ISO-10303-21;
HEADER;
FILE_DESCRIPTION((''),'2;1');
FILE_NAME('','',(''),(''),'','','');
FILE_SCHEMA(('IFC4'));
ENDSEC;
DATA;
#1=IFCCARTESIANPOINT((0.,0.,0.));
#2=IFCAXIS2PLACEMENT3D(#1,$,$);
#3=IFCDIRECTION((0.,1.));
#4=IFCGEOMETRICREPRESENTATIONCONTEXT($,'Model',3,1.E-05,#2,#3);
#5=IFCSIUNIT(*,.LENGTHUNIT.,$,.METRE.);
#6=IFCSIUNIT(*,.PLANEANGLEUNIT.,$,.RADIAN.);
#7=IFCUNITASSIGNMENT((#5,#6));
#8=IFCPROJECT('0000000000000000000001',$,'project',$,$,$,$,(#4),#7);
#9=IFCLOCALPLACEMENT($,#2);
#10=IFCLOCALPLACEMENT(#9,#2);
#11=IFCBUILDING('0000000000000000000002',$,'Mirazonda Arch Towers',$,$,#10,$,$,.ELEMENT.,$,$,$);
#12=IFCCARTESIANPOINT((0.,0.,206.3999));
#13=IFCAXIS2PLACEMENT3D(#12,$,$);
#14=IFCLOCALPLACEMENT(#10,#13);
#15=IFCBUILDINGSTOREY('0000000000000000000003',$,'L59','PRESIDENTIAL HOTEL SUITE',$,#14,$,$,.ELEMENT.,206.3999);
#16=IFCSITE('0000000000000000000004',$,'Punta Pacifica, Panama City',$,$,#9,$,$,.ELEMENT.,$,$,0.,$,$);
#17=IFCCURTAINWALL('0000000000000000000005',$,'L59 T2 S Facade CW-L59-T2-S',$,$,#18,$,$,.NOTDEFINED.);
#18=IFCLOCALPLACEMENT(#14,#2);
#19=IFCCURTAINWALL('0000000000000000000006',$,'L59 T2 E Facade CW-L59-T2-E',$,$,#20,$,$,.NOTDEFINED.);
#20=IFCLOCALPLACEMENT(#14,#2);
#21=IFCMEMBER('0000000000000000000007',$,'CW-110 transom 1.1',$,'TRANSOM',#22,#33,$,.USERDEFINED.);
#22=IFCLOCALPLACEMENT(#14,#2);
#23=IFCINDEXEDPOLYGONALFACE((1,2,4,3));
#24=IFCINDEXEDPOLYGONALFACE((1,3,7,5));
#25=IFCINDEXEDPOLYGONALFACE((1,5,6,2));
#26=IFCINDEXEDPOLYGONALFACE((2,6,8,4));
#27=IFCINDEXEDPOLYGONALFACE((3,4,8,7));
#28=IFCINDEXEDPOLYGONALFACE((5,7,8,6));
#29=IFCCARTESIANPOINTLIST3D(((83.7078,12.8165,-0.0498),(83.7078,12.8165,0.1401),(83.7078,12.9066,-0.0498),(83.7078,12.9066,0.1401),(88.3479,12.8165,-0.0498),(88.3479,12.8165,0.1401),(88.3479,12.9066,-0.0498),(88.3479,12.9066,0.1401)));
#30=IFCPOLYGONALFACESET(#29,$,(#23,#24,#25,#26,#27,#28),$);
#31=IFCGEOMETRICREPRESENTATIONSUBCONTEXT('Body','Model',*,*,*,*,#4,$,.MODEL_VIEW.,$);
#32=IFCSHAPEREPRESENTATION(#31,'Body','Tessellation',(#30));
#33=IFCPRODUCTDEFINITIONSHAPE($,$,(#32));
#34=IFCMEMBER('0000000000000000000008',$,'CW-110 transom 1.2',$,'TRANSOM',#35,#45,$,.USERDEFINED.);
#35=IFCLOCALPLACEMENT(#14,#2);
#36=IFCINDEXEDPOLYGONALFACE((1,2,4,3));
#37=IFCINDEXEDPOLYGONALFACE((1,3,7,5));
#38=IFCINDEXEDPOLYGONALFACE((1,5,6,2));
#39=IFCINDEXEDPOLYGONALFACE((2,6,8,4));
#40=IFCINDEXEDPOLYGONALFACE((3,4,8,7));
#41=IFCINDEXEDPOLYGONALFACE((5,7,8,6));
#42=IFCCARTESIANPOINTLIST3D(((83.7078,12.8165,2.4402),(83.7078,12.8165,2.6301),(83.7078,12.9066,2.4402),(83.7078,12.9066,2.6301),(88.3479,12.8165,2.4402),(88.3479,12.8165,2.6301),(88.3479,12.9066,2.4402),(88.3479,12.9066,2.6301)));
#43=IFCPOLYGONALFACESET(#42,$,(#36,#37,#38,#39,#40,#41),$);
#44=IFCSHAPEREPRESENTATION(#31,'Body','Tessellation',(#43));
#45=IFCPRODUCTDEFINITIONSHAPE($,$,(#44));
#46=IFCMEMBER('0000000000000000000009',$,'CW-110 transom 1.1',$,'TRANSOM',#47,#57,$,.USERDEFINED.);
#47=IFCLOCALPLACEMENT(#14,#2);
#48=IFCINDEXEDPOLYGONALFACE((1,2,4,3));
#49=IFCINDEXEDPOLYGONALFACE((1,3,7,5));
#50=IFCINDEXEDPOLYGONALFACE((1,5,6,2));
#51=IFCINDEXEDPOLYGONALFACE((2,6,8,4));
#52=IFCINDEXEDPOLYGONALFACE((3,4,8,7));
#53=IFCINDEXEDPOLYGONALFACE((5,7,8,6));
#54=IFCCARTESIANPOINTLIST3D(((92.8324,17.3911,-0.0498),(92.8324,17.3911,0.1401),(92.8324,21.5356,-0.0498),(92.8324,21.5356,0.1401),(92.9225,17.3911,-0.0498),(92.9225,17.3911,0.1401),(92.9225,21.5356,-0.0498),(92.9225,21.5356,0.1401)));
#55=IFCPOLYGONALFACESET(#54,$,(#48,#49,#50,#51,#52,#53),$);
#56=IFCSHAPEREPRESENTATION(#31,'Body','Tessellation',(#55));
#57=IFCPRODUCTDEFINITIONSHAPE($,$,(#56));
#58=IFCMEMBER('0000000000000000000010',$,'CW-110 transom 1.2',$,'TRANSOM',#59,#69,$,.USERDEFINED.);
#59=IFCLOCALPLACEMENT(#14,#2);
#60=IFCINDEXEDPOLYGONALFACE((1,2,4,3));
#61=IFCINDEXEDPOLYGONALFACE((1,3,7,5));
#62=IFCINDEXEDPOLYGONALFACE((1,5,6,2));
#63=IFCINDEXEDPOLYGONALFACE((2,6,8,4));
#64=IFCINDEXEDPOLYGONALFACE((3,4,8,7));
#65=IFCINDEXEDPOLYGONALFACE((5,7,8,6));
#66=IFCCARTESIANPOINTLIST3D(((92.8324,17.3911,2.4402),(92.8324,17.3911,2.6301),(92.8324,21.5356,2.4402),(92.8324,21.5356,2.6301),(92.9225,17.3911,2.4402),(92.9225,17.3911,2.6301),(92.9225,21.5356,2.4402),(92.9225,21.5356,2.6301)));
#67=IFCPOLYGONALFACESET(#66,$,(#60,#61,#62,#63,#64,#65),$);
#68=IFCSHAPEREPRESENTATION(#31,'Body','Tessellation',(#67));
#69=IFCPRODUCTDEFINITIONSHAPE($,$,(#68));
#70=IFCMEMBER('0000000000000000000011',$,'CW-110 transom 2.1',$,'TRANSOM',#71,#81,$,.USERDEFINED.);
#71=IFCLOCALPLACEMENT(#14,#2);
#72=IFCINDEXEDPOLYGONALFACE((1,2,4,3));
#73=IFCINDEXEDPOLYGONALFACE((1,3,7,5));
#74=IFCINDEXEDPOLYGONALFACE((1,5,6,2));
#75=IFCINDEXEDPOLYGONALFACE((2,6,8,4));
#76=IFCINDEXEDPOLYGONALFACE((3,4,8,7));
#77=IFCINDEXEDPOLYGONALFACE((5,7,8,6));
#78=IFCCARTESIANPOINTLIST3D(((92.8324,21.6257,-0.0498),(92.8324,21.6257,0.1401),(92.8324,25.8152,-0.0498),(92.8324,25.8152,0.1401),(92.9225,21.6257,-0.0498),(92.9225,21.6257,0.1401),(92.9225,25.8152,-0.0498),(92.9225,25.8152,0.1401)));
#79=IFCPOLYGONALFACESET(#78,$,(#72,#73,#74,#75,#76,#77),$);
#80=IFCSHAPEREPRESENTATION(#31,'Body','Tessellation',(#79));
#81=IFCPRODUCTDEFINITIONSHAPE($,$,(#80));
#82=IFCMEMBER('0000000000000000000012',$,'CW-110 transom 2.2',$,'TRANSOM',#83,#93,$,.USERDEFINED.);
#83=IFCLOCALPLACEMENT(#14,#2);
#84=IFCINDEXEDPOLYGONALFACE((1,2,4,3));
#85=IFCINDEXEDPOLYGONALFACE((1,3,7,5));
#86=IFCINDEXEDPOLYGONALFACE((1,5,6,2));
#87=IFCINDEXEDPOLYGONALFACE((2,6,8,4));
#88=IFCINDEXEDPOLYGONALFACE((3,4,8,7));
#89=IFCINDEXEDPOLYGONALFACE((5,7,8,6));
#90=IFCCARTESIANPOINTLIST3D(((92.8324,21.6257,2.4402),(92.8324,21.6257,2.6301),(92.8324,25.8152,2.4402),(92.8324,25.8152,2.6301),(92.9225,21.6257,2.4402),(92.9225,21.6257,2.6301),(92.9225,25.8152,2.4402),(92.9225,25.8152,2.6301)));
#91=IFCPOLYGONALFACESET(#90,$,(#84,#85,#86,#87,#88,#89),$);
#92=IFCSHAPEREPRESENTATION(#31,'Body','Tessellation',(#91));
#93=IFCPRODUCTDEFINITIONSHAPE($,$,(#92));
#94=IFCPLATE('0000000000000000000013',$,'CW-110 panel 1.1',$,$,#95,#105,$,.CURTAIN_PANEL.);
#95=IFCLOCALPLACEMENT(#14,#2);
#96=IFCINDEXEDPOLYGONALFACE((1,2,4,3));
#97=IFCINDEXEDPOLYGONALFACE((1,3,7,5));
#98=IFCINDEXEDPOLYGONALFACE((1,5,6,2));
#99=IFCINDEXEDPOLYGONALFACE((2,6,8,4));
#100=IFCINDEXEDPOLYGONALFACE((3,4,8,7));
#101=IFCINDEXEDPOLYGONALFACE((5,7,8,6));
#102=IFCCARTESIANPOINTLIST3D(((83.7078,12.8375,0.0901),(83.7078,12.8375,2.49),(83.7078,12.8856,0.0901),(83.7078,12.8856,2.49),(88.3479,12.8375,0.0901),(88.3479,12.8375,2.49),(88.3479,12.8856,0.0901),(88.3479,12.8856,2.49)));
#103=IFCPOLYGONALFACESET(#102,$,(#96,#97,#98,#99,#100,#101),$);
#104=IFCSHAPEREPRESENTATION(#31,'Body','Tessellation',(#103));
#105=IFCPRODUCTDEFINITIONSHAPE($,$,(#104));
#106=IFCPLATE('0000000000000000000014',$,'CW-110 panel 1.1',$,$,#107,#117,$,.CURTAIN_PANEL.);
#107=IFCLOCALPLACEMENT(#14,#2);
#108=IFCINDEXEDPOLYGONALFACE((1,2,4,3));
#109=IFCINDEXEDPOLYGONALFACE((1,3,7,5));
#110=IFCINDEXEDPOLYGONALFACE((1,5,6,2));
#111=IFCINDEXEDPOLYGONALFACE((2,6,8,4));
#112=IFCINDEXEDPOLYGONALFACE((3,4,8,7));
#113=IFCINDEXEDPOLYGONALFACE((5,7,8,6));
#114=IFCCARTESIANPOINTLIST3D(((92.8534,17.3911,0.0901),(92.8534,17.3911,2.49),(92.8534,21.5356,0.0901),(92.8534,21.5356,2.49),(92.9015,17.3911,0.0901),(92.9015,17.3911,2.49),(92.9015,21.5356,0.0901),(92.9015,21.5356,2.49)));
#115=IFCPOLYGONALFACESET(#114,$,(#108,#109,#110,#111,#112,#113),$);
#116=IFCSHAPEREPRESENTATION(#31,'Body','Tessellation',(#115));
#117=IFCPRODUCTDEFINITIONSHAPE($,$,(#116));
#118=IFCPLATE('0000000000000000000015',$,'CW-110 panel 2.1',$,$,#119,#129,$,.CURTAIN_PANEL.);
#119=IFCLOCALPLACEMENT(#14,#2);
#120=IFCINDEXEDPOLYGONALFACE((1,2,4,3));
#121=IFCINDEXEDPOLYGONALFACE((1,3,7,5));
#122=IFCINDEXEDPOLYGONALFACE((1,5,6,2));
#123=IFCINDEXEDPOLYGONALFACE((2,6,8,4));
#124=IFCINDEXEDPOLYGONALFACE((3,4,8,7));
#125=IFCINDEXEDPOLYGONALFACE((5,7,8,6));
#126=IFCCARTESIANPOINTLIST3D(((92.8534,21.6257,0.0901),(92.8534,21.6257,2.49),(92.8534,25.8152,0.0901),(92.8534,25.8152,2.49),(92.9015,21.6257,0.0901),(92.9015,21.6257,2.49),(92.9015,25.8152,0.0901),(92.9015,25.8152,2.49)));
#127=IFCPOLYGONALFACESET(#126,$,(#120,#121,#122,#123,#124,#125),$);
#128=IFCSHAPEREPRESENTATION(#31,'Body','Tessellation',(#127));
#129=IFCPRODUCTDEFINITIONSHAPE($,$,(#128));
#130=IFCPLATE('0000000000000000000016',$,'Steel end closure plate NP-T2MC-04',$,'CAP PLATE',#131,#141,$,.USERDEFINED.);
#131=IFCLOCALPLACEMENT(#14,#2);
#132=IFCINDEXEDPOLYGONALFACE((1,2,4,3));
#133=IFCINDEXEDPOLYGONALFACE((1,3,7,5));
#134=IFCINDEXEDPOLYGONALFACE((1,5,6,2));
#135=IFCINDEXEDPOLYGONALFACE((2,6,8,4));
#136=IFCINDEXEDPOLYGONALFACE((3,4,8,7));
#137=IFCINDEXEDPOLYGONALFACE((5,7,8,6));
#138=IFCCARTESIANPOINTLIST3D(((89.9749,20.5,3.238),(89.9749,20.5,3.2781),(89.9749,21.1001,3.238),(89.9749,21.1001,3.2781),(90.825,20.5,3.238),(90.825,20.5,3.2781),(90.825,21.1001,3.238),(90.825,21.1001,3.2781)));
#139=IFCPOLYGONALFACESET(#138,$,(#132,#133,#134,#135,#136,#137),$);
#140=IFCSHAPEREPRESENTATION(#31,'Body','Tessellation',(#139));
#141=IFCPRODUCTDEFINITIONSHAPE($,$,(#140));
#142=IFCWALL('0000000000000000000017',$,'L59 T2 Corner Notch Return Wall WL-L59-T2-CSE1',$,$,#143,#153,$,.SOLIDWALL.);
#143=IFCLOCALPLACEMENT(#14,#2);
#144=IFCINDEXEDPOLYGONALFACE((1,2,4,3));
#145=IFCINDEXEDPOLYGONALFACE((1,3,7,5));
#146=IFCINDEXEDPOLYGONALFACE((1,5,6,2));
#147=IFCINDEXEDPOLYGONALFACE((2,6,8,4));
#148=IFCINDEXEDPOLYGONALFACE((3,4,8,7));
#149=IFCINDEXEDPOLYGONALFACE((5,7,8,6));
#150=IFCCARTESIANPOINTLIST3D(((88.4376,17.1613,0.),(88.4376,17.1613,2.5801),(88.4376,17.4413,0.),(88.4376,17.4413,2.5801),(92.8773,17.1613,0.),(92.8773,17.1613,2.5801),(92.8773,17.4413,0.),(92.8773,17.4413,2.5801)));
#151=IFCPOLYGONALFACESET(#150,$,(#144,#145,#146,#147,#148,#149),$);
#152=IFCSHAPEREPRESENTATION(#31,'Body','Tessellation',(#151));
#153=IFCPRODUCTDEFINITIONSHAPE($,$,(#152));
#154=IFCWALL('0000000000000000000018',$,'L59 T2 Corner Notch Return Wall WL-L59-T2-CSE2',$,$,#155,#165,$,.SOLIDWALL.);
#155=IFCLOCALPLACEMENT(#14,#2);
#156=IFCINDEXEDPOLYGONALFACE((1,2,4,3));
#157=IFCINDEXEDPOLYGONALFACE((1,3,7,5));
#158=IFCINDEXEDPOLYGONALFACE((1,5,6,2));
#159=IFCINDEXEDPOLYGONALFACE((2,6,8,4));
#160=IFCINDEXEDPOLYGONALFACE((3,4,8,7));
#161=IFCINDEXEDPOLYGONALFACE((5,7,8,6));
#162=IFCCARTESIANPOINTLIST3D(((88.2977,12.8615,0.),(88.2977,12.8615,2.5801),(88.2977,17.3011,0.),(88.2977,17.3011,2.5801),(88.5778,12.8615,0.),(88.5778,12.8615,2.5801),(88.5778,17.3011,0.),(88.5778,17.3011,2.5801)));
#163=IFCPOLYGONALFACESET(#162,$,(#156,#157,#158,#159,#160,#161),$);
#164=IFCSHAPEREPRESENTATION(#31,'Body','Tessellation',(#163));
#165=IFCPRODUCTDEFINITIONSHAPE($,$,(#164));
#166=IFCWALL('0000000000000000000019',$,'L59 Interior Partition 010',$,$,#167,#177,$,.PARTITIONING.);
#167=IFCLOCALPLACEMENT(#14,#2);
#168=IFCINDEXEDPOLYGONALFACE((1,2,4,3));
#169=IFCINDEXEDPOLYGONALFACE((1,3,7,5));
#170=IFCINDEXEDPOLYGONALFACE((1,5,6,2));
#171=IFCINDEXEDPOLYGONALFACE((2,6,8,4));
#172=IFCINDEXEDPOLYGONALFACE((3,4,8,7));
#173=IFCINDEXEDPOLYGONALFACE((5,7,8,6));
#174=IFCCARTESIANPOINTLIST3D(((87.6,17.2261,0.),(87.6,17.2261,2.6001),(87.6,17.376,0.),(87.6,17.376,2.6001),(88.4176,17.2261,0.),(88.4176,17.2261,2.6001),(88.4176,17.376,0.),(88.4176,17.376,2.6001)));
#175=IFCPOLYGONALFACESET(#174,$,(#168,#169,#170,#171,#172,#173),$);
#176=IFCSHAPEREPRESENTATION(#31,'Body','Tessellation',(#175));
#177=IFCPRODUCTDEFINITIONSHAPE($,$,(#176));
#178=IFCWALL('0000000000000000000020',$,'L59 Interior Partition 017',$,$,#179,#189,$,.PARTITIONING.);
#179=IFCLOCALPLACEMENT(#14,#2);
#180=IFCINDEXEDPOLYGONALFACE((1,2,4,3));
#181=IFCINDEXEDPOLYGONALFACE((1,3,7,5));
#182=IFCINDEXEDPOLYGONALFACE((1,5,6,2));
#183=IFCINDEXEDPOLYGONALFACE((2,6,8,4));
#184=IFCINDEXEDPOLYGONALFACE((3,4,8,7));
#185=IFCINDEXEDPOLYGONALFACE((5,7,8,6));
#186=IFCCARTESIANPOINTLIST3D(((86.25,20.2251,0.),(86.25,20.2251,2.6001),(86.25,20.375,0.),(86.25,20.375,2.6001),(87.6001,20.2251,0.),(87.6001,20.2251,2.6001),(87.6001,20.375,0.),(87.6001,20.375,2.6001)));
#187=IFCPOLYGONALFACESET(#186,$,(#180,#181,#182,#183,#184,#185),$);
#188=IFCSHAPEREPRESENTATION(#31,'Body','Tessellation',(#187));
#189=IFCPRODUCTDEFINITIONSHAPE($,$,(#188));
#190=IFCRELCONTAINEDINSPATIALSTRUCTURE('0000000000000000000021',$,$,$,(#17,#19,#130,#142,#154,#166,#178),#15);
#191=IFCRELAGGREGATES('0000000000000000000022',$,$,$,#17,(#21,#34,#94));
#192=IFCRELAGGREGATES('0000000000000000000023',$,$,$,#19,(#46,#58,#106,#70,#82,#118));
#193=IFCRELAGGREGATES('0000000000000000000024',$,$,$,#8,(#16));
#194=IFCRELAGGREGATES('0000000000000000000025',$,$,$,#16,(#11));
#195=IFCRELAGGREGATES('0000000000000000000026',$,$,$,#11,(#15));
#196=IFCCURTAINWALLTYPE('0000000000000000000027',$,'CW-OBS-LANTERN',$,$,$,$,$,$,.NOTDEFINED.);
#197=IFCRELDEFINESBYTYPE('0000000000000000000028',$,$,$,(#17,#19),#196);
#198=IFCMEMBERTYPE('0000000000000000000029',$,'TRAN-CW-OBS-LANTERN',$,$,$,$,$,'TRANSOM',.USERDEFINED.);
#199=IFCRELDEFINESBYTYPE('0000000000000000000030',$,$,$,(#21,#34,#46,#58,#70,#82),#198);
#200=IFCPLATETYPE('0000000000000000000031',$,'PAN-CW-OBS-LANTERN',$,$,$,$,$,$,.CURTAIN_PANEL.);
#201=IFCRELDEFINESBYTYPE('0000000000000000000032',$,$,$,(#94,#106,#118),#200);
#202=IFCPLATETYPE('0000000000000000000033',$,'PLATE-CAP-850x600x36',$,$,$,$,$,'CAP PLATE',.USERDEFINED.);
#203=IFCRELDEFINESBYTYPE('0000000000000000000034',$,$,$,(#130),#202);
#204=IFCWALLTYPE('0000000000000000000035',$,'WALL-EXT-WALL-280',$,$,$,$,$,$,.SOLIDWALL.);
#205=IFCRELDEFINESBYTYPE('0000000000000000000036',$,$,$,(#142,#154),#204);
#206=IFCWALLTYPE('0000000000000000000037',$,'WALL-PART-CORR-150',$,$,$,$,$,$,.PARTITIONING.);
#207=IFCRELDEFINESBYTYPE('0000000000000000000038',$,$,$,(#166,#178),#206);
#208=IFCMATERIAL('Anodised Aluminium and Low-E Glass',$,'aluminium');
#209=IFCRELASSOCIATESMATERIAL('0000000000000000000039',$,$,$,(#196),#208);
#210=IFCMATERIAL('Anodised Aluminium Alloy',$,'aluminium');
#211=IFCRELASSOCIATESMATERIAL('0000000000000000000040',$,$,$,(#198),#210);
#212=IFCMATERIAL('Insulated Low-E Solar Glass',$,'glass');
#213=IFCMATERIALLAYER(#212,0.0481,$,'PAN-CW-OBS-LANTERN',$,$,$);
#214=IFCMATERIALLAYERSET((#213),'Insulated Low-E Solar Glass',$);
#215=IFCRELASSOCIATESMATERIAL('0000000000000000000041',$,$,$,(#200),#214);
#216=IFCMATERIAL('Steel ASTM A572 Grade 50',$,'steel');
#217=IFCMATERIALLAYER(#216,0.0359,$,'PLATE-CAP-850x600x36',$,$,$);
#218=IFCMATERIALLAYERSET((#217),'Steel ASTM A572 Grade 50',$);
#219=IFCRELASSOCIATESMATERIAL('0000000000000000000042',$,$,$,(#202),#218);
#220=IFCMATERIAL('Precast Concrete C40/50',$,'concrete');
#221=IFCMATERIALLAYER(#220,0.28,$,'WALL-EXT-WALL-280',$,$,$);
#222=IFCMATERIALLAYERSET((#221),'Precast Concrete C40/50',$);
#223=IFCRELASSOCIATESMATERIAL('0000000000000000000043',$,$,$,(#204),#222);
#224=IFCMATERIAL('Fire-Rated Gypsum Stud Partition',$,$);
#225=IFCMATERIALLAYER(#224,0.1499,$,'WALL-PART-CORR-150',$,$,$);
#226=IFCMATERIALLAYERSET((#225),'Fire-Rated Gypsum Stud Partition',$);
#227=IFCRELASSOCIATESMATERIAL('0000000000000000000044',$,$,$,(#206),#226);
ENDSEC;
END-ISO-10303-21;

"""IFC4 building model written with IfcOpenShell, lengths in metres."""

from ifc_helpers import new_model, si_unit, direction, frame, frame_2d, origin, origin_2d, place, context, subcontext, project, spatial, rectangle, extrude, material, layer, layer_set, material_profile, profile_set, type_object, element, aggregate, save


model = new_model("IFC4")

# Units and contexts
model_context = context("Model", 3, precision=1e-05, world=origin(), true_north=direction((0.0, 1.0)))
body_context = subcontext(model_context, "Body", "Model", "MODEL_VIEW")
ifc_project = project(units=[si_unit("LENGTHUNIT", "METRE"), si_unit("PLANEANGLEUNIT", "RADIAN")], contexts=[model_context])

# Site, building, storey
site_placement = place(None, origin())
site = spatial("IfcSite", under=ifc_project, at=site_placement, Name="Punta Pacifica, Panama City", CompositionType="ELEMENT", RefElevation=0.0)
building_placement = place(site_placement, origin())
building = spatial("IfcBuilding", under=site, at=building_placement, Name="Mirazonda Arch Towers", CompositionType="ELEMENT")
storey_placement = place(building_placement, frame((0.0, 0.0, 206.3999)))
storey = spatial("IfcBuildingStorey", under=building, at=storey_placement, Name="L59", Description="PRESIDENTIAL HOTEL SUITE", CompositionType="ELEMENT", Elevation=206.3999)

# Shared definitions
ifc_material_1 = material(Name="Steel ASTM A572 Grade 50", Category="steel")

# Curtain wall
ifc_material_2 = material(Name="Anodised Aluminium and Low-E Glass", Category="aluminium")
curtain_wall_type = type_object("IfcCurtainWallType", Name="CW-OBS-LANTERN", PredefinedType="NOTDEFINED", material=ifc_material_2)
curtain_wall_1_placement = place(storey_placement, origin())
curtain_wall_1 = element("IfcCurtainWall", 1, at=curtain_wall_1_placement, inside=storey, type_object=curtain_wall_type, Name="L59 T2 S Facade CW-L59-T2-S", PredefinedType="NOTDEFINED")
ifc_material_3 = material(Name="Anodised Aluminium Alloy", Category="aluminium")

# Curtain wall
curtain_wall_2_placement = place(storey_placement, origin())
curtain_wall_2 = element("IfcCurtainWall", 2, at=curtain_wall_2_placement, inside=storey, type_object=curtain_wall_type, Name="L59 T2 E Facade CW-L59-T2-E", PredefinedType="NOTDEFINED")

# Members
ifc_material_profile_1 = material_profile(ifc_material_3, rectangle(XDim=0.0901, YDim=0.1899, at=origin_2d()), Name="ALU-TRAN-90x190")
ifc_profile_set_1 = profile_set([ifc_material_profile_1], Name="Anodised Aluminium Alloy")
member_type_1 = type_object("IfcMemberType", Name="TRAN-CW-OBS-LANTERN", ElementType="TRANSOM", PredefinedType="USERDEFINED", material=ifc_profile_set_1)
member_1_placement = place(storey_placement, frame((88.3479, 12.8616, 0.0452), z_axis=(-1.0, 0.0, 0.0), x_axis=(0.0, -1.0, 0.0)))
member_1 = element("IfcMember", 3, at=member_1_placement, type_object=member_type_1, Name="CW-110 transom 1.1", ObjectType="TRANSOM", PredefinedType="USERDEFINED", context=body_context, shape_type="SweptSolid", body=[
    extrude(rectangle(XDim=0.0901, YDim=0.1899, at=origin_2d()), origin(), (0.0, 0.0, 1.0), 4.6401),
])
member_2_placement = place(storey_placement, frame((88.3479, 12.8616, 2.5352), z_axis=(-1.0, 0.0, 0.0), x_axis=(0.0, -1.0, 0.0)))
member_2 = element("IfcMember", 4, at=member_2_placement, type_object=member_type_1, Name="CW-110 transom 1.2", ObjectType="TRANSOM", PredefinedType="USERDEFINED", context=body_context, shape_type="SweptSolid", body=[
    extrude(rectangle(XDim=0.0901, YDim=0.1899, at=origin_2d()), origin(), (0.0, 0.0, 1.0), 4.6401),
])
member_3_placement = place(storey_placement, frame((92.8774, 17.3911, 0.0452), z_axis=(0.0, 1.0, 0.0), x_axis=(-1.0, 0.0, 0.0)))
member_3 = element("IfcMember", 5, at=member_3_placement, type_object=member_type_1, Name="CW-110 transom 1.1", ObjectType="TRANSOM", PredefinedType="USERDEFINED", context=body_context, shape_type="SweptSolid", body=[
    extrude(rectangle(XDim=0.0901, YDim=0.1899, at=origin_2d()), origin(), (0.0, 0.0, 1.0), 4.1445),
])
member_4_placement = place(storey_placement, frame((92.8774, 17.3911, 2.5352), z_axis=(0.0, 1.0, 0.0), x_axis=(-1.0, 0.0, 0.0)))
member_4 = element("IfcMember", 6, at=member_4_placement, type_object=member_type_1, Name="CW-110 transom 1.2", ObjectType="TRANSOM", PredefinedType="USERDEFINED", context=body_context, shape_type="SweptSolid", body=[
    extrude(rectangle(XDim=0.0901, YDim=0.1899, at=origin_2d()), origin(), (0.0, 0.0, 1.0), 4.1445),
])
member_5_placement = place(storey_placement, frame((92.8774, 21.6257, 0.0452), z_axis=(0.0, 1.0, 0.0), x_axis=(-1.0, 0.0, 0.0)))
member_5 = element("IfcMember", 7, at=member_5_placement, type_object=member_type_1, Name="CW-110 transom 2.1", ObjectType="TRANSOM", PredefinedType="USERDEFINED", context=body_context, shape_type="SweptSolid", body=[
    extrude(rectangle(XDim=0.0901, YDim=0.1899, at=origin_2d()), origin(), (0.0, 0.0, 1.0), 4.1895),
])
member_6_placement = place(storey_placement, frame((92.8774, 21.6257, 2.5352), z_axis=(0.0, 1.0, 0.0), x_axis=(-1.0, 0.0, 0.0)))
member_6 = element("IfcMember", 8, at=member_6_placement, type_object=member_type_1, Name="CW-110 transom 2.2", ObjectType="TRANSOM", PredefinedType="USERDEFINED", context=body_context, shape_type="SweptSolid", body=[
    extrude(rectangle(XDim=0.0901, YDim=0.1899, at=origin_2d()), origin(), (0.0, 0.0, 1.0), 4.1895),
])

# Plates
ifc_material_4 = material(Name="Insulated Low-E Solar Glass", Category="glass")
ifc_layer_1 = layer(ifc_material_4, 0.0481, Name="PAN-CW-OBS-LANTERN")
ifc_layer_set_1 = layer_set([ifc_layer_1], Name="Insulated Low-E Solar Glass")
plate_type_1 = type_object("IfcPlateType", Name="PAN-CW-OBS-LANTERN", PredefinedType="CURTAIN_PANEL", material=ifc_layer_set_1)
plate_1_placement = place(storey_placement, frame((86.0278, 12.8616, 0.0901), z_axis=(0.0, 0.0, 1.0), x_axis=(-1.0, 0.0, 0.0)))
plate_1 = element("IfcPlate", 9, at=plate_1_placement, type_object=plate_type_1, Name="CW-110 panel 1.1", PredefinedType="CURTAIN_PANEL", context=body_context, shape_type="SweptSolid", body=[
    extrude(rectangle(XDim=4.6401, YDim=0.0481, at=origin_2d()), origin(), (0.0, 0.0, 1.0), 2.3999),
])
aggregate(curtain_wall_1, [member_1, member_2, plate_1])
plate_2_placement = place(storey_placement, frame((92.8774, 19.4634, 0.0901), z_axis=(0.0, 0.0, 1.0), x_axis=(0.0, 1.0, 0.0)))
plate_2 = element("IfcPlate", 10, at=plate_2_placement, type_object=plate_type_1, Name="CW-110 panel 1.1", PredefinedType="CURTAIN_PANEL", context=body_context, shape_type="SweptSolid", body=[
    extrude(rectangle(XDim=4.1445, YDim=0.0481, at=origin_2d()), origin(), (0.0, 0.0, 1.0), 2.3999),
])
plate_3_placement = place(storey_placement, frame((92.8774, 23.7205, 0.0901), z_axis=(0.0, 0.0, 1.0), x_axis=(0.0, 1.0, 0.0)))
plate_3 = element("IfcPlate", 11, at=plate_3_placement, type_object=plate_type_1, Name="CW-110 panel 2.1", PredefinedType="CURTAIN_PANEL", context=body_context, shape_type="SweptSolid", body=[
    extrude(rectangle(XDim=4.1895, YDim=0.0481, at=origin_2d()), origin(), (0.0, 0.0, 1.0), 2.3999),
])
aggregate(curtain_wall_2, [member_3, member_4, plate_2, member_5, member_6, plate_3])
ifc_layer_2 = layer(ifc_material_1, 0.0359, Name="PLATE-CAP-850x600x36")
ifc_layer_set_2 = layer_set([ifc_layer_2], Name="Steel ASTM A572 Grade 50")
plate_type_2 = type_object("IfcPlateType", Name="PLATE-CAP-850x600x36", ElementType="CAP PLATE", PredefinedType="USERDEFINED", material=ifc_layer_set_2)
plate_4_placement = place(storey_placement, frame((90.3999, 20.8, 3.238), z_axis=(0.0, 0.0, 1.0), x_axis=(1.0, 0.0, 0.0)))
element("IfcPlate", 12, at=plate_4_placement, inside=storey, type_object=plate_type_2, Name="Steel end closure plate NP-T2MC-04", ObjectType="CAP PLATE", PredefinedType="USERDEFINED", context=body_context, shape_type="SweptSolid", body=[
    extrude(rectangle(XDim=0.8501, YDim=0.6001, at=origin_2d()), origin(), (0.0, 0.0, 1.0), 0.04),
])

# Walls
ifc_material_5 = material(Name="Precast Concrete C40/50", Category="concrete")
ifc_layer_3 = layer(ifc_material_5, 0.28, Name="WALL-EXT-WALL-280")
ifc_layer_set_3 = layer_set([ifc_layer_3], Name="Precast Concrete C40/50")
wall_type_1 = type_object("IfcWallType", Name="WALL-EXT-WALL-280", PredefinedType="SOLIDWALL", material=ifc_layer_set_3)
for number, where, z_axis, x_axis, name in (
    (13, (88.4377, 17.3013, 0.0), (0.0, 0.0, 1.0), (1.0, 0.0, 0.0), "L59 T2 Corner Notch Return Wall WL-L59-T2-CSE1"),
    (14, (88.4377, 12.8616, 0.0), (0.0, 0.0, 1.0), (0.0, 1.0, 0.0), "L59 T2 Corner Notch Return Wall WL-L59-T2-CSE2"),
):
    element("IfcWall", number, at=place(storey_placement, frame(where, z_axis=z_axis, x_axis=x_axis)), inside=storey, type_object=wall_type_1, Name=name, PredefinedType="SOLIDWALL", context=body_context, shape_type="SweptSolid", body=[
        extrude(rectangle(XDim=4.4397, YDim=0.28, at=frame_2d((2.2197, 0.0))), origin(), (0.0, 0.0, 1.0), 2.5801),
    ])
ifc_material_6 = material(Name="Fire-Rated Gypsum Stud Partition")
ifc_layer_4 = layer(ifc_material_6, 0.1499, Name="WALL-PART-CORR-150")
ifc_layer_set_4 = layer_set([ifc_layer_4], Name="Fire-Rated Gypsum Stud Partition")
wall_type_2 = type_object("IfcWallType", Name="WALL-PART-CORR-150", PredefinedType="PARTITIONING", material=ifc_layer_set_4)
wall_1_placement = place(storey_placement, frame((87.6001, 17.301, 0.0), z_axis=(0.0, 0.0, 1.0), x_axis=(1.0, 0.0, 0.0)))
element("IfcWall", 15, at=wall_1_placement, inside=storey, type_object=wall_type_2, Name="L59 Interior Partition 010", PredefinedType="PARTITIONING", context=body_context, shape_type="SweptSolid", body=[
    extrude(rectangle(XDim=0.8176, YDim=0.1499, at=frame_2d((0.4087, 0.0))), origin(), (0.0, 0.0, 1.0), 2.6001),
])
wall_2_placement = place(storey_placement, frame((86.25, 20.3, 0.0), z_axis=(0.0, 0.0, 1.0), x_axis=(1.0, 0.0, 0.0)))
element("IfcWall", 16, at=wall_2_placement, inside=storey, type_object=wall_type_2, Name="L59 Interior Partition 017", PredefinedType="PARTITIONING", context=body_context, shape_type="SweptSolid", body=[
    extrude(rectangle(XDim=1.3501, YDim=0.1499, at=frame_2d((0.675, 0.0))), origin(), (0.0, 0.0, 1.0), 2.6001),
])

save(model, "model.ifc")
